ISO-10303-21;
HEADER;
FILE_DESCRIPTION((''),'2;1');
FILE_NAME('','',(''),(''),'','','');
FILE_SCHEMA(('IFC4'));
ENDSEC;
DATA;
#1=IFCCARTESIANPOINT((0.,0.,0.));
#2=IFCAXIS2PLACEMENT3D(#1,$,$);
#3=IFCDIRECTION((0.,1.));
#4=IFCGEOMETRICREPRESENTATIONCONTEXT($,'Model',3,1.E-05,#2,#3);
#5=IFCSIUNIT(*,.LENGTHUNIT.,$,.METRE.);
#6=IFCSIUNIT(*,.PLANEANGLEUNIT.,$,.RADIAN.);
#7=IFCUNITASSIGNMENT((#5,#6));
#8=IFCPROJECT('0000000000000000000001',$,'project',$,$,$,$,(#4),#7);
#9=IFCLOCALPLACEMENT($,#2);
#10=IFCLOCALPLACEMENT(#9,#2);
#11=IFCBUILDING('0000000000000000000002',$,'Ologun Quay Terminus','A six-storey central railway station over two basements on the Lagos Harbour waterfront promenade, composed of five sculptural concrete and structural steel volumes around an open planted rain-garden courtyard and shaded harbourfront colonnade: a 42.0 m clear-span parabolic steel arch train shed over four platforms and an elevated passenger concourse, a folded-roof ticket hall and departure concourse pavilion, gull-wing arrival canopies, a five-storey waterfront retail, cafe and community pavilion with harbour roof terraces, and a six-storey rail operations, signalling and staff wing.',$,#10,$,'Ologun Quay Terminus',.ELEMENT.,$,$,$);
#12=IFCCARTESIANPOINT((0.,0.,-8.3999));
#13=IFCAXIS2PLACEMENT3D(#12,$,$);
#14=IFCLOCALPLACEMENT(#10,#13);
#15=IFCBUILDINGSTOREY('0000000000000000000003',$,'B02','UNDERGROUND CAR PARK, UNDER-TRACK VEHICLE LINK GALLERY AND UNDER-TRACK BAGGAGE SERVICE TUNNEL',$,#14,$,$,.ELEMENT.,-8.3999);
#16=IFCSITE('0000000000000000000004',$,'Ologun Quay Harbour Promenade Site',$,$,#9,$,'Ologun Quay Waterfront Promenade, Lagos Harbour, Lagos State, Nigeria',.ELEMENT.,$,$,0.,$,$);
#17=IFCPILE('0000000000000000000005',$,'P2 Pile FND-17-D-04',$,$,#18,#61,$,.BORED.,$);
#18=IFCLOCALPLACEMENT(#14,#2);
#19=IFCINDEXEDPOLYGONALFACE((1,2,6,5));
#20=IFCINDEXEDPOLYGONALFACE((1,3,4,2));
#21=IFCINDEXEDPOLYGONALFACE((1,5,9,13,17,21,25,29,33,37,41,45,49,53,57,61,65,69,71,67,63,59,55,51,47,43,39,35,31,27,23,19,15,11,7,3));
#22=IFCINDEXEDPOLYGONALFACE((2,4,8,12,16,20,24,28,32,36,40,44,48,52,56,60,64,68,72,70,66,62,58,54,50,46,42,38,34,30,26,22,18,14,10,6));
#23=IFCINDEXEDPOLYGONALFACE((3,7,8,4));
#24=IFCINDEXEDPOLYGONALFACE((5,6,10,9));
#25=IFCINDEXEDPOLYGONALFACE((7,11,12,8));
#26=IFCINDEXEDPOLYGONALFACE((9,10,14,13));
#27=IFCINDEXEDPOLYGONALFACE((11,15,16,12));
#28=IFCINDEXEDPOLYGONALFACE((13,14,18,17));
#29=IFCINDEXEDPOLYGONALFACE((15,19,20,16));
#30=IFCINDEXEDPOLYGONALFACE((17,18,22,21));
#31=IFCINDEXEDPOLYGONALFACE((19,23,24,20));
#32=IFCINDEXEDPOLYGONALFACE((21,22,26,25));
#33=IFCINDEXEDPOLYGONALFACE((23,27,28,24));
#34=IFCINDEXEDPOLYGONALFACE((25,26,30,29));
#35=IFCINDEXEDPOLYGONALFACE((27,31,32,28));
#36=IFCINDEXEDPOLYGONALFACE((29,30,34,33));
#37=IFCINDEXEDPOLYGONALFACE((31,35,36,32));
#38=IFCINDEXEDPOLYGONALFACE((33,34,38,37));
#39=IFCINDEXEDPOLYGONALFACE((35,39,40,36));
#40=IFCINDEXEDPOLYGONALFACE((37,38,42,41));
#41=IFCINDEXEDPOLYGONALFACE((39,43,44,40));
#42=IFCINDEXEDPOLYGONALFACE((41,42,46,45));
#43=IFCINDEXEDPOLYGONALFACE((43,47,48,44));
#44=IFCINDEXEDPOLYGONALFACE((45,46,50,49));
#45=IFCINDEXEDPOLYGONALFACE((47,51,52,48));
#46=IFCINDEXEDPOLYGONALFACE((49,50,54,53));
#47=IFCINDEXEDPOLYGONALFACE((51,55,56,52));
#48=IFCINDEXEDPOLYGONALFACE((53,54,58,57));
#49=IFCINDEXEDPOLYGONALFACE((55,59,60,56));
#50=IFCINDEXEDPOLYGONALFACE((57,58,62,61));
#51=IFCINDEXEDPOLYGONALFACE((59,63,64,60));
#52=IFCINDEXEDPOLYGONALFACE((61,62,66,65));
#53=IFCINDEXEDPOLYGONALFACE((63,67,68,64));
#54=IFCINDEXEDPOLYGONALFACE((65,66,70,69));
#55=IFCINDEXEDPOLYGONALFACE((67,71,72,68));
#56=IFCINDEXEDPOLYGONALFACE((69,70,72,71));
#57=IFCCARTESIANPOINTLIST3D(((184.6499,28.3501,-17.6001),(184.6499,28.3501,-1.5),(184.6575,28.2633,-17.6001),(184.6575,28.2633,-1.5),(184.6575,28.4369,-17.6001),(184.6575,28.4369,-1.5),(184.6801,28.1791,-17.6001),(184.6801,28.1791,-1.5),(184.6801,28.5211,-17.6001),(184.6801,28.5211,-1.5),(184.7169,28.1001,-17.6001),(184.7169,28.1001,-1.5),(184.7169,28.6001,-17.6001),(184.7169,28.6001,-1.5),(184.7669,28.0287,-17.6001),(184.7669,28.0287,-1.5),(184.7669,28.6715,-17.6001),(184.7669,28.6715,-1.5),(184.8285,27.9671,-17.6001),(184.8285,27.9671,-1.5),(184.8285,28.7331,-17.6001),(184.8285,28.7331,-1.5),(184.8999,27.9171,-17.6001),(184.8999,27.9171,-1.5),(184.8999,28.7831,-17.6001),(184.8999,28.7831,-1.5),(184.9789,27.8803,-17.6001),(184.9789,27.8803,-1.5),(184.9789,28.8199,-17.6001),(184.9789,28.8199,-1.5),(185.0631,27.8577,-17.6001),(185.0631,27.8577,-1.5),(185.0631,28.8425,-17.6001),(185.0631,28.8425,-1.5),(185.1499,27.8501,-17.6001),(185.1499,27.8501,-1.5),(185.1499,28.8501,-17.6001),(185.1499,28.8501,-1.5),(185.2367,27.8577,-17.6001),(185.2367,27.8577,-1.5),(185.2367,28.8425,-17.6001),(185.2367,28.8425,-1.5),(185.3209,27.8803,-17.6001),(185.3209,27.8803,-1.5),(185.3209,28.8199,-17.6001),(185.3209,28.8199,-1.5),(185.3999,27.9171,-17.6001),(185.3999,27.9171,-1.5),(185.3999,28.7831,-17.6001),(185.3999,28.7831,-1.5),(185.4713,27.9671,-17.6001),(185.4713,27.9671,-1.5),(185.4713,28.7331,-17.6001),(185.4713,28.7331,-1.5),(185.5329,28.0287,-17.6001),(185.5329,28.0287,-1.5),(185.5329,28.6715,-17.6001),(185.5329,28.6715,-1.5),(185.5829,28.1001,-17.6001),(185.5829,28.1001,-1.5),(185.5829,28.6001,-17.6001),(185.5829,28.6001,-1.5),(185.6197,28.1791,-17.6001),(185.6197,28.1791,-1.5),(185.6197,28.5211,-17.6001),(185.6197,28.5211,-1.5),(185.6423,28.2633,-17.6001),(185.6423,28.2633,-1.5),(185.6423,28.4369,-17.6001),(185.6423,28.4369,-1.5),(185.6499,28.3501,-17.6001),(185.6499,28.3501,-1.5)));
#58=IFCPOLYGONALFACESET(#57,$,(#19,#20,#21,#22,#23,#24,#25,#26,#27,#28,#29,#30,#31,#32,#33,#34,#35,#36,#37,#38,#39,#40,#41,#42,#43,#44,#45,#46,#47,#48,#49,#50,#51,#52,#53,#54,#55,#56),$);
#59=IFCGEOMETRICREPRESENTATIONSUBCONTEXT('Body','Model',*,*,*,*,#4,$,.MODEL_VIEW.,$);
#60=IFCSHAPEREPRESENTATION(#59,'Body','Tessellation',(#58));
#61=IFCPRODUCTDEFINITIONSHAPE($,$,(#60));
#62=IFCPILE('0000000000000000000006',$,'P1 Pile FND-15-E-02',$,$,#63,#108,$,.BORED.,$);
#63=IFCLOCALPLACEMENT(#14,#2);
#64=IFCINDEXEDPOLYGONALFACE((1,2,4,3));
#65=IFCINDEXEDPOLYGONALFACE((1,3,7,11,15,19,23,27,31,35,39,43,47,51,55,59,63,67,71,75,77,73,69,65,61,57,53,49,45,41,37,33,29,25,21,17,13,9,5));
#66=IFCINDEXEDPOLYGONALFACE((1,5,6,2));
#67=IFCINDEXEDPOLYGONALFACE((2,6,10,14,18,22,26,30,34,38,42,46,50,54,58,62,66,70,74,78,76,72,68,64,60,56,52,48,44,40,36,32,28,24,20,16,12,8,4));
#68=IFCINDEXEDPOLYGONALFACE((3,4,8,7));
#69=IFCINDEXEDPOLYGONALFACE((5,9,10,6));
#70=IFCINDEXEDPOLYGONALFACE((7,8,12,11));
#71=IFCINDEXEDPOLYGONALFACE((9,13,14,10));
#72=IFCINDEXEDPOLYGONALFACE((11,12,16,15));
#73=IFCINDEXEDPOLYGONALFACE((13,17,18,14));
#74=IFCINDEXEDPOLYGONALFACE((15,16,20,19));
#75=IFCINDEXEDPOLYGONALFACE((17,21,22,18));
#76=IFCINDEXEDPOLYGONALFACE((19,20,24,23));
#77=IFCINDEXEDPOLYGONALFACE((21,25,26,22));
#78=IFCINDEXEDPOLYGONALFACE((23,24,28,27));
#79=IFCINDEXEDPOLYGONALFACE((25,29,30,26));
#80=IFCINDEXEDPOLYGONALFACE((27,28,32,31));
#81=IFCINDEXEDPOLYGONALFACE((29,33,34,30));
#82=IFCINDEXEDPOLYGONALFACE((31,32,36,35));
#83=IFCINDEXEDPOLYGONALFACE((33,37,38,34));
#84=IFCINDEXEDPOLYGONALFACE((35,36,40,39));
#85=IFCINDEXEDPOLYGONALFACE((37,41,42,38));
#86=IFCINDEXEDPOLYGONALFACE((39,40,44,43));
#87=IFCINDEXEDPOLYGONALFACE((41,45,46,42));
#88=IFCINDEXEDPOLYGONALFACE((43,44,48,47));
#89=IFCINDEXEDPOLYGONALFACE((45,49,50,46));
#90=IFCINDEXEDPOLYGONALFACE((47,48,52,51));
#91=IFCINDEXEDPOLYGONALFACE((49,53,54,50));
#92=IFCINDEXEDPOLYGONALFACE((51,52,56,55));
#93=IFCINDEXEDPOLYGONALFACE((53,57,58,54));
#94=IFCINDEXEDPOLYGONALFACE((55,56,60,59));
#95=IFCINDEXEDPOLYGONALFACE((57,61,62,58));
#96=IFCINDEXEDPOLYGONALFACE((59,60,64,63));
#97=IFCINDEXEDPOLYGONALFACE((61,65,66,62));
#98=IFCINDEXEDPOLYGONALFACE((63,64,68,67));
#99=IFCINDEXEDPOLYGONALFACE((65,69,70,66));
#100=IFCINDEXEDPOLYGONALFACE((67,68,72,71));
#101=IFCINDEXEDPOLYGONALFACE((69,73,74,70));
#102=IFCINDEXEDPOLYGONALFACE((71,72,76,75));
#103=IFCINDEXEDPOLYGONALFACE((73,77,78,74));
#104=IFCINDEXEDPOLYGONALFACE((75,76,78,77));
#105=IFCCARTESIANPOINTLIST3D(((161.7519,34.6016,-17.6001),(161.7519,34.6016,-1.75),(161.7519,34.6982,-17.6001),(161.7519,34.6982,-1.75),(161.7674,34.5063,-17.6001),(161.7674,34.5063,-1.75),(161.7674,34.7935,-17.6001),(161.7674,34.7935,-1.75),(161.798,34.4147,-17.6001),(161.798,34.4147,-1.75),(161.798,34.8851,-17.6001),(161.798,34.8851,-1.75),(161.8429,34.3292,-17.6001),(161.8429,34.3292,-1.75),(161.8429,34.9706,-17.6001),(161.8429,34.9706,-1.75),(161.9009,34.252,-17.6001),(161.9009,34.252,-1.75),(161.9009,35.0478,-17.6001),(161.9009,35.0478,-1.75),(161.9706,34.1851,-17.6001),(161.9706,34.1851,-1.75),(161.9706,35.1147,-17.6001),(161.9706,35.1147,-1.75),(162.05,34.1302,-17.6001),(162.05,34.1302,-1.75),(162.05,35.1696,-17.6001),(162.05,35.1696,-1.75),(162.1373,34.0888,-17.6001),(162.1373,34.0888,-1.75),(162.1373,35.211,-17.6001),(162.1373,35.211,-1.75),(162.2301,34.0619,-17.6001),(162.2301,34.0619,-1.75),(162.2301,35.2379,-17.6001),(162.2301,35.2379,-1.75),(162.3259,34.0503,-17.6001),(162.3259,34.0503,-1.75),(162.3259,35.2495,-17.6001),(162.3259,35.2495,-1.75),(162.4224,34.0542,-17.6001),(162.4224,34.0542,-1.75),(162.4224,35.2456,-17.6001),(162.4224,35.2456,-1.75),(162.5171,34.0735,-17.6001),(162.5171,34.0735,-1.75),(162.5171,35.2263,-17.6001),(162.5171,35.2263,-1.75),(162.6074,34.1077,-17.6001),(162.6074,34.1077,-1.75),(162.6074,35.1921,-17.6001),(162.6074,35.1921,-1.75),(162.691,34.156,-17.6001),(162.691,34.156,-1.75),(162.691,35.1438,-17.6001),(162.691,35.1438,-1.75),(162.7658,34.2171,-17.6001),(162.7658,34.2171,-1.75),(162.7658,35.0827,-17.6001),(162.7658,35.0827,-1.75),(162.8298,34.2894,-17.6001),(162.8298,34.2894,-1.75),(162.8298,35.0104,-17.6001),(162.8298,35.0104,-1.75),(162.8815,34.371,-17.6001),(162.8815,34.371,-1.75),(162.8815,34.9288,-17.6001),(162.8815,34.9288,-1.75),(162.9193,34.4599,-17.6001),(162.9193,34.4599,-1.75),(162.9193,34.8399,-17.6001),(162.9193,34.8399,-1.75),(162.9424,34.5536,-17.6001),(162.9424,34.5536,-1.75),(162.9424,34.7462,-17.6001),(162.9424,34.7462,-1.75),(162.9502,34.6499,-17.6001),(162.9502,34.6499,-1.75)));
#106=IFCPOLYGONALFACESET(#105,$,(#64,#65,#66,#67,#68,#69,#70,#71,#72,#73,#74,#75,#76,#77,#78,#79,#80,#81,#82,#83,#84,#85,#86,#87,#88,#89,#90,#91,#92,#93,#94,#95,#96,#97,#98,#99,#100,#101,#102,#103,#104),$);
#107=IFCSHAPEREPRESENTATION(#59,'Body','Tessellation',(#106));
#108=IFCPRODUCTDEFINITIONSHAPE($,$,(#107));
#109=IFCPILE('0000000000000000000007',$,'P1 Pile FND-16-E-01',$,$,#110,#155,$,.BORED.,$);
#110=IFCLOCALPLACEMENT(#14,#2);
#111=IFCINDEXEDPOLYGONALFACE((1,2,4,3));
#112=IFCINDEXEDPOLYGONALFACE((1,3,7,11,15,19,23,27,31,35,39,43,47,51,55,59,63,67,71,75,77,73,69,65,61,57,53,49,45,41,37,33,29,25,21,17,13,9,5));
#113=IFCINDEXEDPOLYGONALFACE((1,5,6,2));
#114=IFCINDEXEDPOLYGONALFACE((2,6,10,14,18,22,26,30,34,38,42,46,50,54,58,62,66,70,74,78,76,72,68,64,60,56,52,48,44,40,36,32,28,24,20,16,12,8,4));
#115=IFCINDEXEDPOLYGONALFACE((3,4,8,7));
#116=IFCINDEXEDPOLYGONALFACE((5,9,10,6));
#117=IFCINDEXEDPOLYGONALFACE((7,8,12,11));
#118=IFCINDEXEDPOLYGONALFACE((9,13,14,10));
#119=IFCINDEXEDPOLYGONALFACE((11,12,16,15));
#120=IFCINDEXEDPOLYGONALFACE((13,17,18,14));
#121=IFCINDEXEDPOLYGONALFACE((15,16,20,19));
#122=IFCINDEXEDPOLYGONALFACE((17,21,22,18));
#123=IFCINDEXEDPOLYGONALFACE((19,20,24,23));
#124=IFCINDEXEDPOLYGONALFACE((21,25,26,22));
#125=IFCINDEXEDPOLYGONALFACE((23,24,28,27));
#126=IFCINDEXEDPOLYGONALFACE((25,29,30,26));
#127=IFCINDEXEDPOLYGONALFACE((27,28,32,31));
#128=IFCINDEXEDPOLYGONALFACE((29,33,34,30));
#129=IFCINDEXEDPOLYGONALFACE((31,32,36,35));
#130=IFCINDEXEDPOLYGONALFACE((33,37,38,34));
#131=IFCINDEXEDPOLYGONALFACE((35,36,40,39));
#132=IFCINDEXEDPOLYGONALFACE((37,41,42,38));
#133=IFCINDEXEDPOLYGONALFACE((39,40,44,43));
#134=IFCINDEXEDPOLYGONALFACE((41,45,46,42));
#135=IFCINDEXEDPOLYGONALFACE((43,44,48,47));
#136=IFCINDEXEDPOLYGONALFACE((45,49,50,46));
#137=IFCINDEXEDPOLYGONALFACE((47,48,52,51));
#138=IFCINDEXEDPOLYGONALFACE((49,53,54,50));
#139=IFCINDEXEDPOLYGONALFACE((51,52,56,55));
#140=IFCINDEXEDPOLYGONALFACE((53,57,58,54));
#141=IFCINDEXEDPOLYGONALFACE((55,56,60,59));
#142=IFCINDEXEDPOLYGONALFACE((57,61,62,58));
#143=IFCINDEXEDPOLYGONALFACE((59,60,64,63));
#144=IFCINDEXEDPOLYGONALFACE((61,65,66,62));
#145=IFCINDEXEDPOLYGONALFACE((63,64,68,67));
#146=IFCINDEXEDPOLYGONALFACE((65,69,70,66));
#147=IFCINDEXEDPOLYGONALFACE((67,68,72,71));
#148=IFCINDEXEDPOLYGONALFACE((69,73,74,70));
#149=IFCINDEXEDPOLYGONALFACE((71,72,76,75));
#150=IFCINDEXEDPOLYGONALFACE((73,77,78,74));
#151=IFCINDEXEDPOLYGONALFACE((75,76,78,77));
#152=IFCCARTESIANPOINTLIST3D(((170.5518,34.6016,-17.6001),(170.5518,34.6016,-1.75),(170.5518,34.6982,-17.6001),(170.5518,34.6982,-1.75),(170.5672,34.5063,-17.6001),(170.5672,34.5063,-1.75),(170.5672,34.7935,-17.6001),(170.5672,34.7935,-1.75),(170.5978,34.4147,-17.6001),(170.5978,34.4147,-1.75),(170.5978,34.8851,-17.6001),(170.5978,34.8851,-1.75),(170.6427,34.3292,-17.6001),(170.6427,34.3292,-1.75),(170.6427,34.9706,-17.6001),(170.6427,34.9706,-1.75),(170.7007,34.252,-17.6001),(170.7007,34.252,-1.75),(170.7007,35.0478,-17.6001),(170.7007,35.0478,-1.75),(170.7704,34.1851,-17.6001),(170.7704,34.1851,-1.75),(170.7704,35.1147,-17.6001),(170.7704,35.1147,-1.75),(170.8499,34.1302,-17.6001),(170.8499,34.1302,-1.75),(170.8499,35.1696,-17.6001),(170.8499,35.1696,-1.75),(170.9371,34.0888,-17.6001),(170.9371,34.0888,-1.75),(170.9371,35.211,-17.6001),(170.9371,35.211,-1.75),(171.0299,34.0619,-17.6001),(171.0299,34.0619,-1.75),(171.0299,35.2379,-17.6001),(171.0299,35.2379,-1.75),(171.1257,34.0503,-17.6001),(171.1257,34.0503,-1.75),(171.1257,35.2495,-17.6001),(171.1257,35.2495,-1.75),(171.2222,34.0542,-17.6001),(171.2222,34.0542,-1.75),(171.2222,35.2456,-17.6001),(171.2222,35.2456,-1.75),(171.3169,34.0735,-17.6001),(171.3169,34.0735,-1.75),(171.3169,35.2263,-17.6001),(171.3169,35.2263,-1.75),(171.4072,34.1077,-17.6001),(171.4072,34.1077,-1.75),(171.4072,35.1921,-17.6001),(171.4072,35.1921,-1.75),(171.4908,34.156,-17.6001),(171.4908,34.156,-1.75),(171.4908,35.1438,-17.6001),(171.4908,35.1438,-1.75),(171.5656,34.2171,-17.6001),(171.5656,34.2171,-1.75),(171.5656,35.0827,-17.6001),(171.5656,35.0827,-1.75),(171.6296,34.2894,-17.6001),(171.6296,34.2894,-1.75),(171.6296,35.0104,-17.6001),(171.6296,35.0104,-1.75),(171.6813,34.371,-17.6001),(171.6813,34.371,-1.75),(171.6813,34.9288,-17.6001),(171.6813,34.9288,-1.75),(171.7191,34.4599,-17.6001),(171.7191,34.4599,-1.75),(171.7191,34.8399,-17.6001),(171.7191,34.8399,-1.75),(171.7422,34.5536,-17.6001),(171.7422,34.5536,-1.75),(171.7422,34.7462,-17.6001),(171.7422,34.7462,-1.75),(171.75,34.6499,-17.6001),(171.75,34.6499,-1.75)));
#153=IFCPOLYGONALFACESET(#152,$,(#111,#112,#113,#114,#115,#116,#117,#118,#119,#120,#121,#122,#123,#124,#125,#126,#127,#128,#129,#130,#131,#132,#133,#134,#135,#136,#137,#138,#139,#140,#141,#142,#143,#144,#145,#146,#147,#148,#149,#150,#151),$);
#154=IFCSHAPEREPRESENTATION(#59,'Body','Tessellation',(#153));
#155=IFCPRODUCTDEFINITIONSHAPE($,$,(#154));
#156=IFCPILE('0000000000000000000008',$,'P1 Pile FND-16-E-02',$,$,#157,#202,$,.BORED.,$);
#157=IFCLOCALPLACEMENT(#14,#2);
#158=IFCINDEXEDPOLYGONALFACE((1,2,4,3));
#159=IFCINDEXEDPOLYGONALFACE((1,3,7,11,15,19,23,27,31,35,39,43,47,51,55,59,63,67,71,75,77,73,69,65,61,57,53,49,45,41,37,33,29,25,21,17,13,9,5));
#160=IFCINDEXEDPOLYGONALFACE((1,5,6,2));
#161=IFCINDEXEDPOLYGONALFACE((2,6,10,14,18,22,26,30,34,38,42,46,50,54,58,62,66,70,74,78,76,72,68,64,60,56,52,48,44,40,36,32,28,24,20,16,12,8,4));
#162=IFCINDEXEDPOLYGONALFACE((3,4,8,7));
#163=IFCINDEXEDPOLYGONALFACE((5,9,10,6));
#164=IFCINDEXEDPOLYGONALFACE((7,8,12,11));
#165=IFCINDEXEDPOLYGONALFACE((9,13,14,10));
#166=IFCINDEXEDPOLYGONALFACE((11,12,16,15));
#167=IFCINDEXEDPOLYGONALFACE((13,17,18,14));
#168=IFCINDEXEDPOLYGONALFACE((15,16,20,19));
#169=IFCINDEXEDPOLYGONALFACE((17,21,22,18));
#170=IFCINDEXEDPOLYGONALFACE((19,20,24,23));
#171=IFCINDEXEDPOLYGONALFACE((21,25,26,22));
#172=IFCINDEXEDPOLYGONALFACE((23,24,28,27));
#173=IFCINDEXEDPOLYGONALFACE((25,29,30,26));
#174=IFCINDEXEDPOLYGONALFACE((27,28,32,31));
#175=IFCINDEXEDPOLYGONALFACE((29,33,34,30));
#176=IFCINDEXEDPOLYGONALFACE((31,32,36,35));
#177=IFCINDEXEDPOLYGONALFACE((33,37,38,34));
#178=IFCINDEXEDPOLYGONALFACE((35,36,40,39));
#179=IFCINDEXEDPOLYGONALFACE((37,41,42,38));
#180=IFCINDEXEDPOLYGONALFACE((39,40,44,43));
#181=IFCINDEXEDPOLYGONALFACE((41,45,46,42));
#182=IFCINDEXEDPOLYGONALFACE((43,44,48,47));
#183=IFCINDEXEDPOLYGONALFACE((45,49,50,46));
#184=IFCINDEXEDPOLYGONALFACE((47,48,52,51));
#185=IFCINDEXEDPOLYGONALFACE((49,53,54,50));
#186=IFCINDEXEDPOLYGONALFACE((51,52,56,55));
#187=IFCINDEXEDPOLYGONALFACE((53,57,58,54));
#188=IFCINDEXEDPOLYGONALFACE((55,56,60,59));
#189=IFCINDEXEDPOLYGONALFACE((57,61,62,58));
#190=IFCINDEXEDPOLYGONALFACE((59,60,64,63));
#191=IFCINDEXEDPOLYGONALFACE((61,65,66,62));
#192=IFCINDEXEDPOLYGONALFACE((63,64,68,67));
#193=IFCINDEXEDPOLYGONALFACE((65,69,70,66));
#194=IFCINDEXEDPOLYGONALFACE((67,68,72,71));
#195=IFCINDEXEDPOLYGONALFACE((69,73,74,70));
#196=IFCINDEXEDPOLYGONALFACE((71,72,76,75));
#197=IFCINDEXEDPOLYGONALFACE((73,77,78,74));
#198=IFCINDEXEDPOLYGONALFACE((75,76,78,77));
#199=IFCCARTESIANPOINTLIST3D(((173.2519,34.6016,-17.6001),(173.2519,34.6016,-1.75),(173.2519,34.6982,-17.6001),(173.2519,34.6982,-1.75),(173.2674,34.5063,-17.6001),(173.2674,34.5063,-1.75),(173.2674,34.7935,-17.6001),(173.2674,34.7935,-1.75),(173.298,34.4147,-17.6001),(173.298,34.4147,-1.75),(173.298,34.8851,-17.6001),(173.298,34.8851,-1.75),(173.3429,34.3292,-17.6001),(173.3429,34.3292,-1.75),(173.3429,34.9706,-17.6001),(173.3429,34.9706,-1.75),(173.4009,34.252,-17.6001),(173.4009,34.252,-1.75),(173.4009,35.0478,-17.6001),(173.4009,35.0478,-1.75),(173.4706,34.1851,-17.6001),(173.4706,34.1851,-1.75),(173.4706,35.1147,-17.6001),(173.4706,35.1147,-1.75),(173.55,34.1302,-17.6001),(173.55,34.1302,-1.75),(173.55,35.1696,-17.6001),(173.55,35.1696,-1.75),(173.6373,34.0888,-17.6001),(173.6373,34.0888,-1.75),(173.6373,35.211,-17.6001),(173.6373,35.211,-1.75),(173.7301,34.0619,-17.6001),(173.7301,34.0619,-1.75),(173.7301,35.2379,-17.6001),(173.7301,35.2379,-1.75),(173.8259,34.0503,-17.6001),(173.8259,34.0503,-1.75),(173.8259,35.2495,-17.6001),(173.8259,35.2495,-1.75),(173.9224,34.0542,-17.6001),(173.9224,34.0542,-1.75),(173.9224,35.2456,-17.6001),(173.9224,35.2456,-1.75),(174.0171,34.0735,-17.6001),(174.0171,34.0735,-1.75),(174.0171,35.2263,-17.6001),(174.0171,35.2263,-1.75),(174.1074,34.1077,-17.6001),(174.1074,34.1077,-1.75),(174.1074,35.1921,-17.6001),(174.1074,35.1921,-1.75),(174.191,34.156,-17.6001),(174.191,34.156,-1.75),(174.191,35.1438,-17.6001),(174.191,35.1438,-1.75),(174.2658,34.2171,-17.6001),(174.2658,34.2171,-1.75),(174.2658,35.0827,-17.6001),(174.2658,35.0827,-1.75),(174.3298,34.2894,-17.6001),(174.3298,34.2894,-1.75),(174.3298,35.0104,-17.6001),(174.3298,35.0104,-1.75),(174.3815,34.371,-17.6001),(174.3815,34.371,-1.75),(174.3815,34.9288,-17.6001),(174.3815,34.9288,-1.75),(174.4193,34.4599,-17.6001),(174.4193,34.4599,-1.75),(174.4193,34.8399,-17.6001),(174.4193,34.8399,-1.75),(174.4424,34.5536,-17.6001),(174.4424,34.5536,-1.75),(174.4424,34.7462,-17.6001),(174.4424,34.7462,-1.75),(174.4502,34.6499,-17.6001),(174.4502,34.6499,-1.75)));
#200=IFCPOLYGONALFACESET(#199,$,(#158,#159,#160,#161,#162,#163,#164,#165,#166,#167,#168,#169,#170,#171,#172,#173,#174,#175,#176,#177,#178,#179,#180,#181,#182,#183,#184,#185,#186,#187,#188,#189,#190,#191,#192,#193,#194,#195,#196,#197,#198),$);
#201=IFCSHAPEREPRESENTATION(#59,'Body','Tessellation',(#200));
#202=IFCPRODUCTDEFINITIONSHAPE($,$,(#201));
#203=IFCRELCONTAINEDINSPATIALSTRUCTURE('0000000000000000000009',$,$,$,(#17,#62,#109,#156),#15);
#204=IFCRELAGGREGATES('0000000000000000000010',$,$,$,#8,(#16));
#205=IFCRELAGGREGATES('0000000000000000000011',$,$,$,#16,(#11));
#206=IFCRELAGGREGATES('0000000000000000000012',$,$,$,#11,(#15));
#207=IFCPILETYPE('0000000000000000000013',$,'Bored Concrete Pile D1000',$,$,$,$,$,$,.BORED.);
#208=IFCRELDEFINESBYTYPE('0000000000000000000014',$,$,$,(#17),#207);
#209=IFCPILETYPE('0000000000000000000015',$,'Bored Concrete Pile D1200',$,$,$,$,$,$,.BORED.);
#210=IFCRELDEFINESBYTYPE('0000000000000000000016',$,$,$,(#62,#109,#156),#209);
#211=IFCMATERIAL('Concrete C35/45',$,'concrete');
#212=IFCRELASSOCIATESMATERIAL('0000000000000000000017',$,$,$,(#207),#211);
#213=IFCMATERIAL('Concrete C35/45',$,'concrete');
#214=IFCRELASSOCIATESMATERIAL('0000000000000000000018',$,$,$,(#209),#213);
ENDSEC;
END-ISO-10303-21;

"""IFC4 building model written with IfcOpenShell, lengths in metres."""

from ifc_helpers import new_model, si_unit, direction, frame, origin, origin_2d, place, context, subcontext, project, spatial, circle, extrude, material, material_profile, profile_set, type_object, element, save


model = new_model("IFC4")

# Units and contexts
model_context = context("Model", 3, precision=1e-05, world=origin(), true_north=direction((0.0, 1.0)))
body_context = subcontext(model_context, "Body", "Model", "MODEL_VIEW")
ifc_project = project(units=[si_unit("LENGTHUNIT", "METRE"), si_unit("PLANEANGLEUNIT", "RADIAN")], contexts=[model_context])

# Site, building, storey
site_placement = place(None, origin())
site = spatial("IfcSite", under=ifc_project, at=site_placement, Name="Ologun Quay Harbour Promenade Site", LongName="Ologun Quay Waterfront Promenade, Lagos Harbour, Lagos State, Nigeria", CompositionType="ELEMENT", RefElevation=0.0)
building_placement = place(site_placement, origin())
building = spatial("IfcBuilding", under=site, at=building_placement, Name="Ologun Quay Terminus", Description="A six-storey central railway station over two basements on the Lagos Harbour waterfront promenade, composed of five sculptural concrete and structural steel volumes around an open planted rain-garden courtyard and shaded harbourfront colonnade: a 42.0 m clear-span parabolic steel arch train shed over four platforms and an elevated passenger concourse, a folded-roof ticket hall and departure concourse pavilion, gull-wing arrival canopies, a five-storey waterfront retail, cafe and community pavilion with harbour roof terraces, and a six-storey rail operations, signalling and staff wing.", LongName="Ologun Quay Terminus", CompositionType="ELEMENT")
storey_placement = place(building_placement, frame((0.0, 0.0, -8.3999)))
storey = spatial("IfcBuildingStorey", under=building, at=storey_placement, Name="B02", Description="UNDERGROUND CAR PARK, UNDER-TRACK VEHICLE LINK GALLERY AND UNDER-TRACK BAGGAGE SERVICE TUNNEL", CompositionType="ELEMENT", Elevation=-8.3999)

# Piles
ifc_material_1 = material(Name="Concrete C35/45", Category="concrete")
ifc_material_profile_1 = material_profile(ifc_material_1, circle(Radius=0.5, at=origin_2d()), Name="PILE D1000")
ifc_profile_set_1 = profile_set([ifc_material_profile_1], Name="Concrete C35/45")
pile_type_1 = type_object("IfcPileType", Name="Bored Concrete Pile D1000", PredefinedType="BORED", material=ifc_profile_set_1)
for number, where, z_axis, x_axis, name in (
    (1, (185.1499, 28.3501, -1.5), (0.0, 0.0, -1.0), (1.0, 0.0, 0.0), "P2 Pile FND-17-D-04"),
):
    element("IfcPile", number, at=place(storey_placement, frame(where, z_axis=z_axis, x_axis=x_axis)), inside=storey, type_object=pile_type_1, Name=name, PredefinedType="BORED", context=body_context, shape_type="SweptSolid", body=[
        extrude(circle(Radius=0.5, at=origin_2d()), origin(), (0.0, 0.0, 1.0), 16.1001),
    ])
ifc_material_2 = material(Name="Concrete C35/45", Category="concrete")
ifc_material_profile_2 = material_profile(ifc_material_2, circle(Radius=0.6001, at=origin_2d()), Name="PILE D1200")
ifc_profile_set_2 = profile_set([ifc_material_profile_2], Name="Concrete C35/45")
pile_type_2 = type_object("IfcPileType", Name="Bored Concrete Pile D1200", PredefinedType="BORED", material=ifc_profile_set_2)
for number, where, z_axis, x_axis, name in (
    (2, (162.3501, 34.6499, -1.75), (0.0, 0.0, -1.0), (1.0, 0.0, 0.0), "P1 Pile FND-15-E-02"),
    (3, (171.1499, 34.6499, -1.75), (0.0, 0.0, -1.0), (1.0, 0.0, 0.0), "P1 Pile FND-16-E-01"),
    (4, (173.8501, 34.6499, -1.75), (0.0, 0.0, -1.0), (1.0, 0.0, 0.0), "P1 Pile FND-16-E-02"),
):
    element("IfcPile", number, at=place(storey_placement, frame(where, z_axis=z_axis, x_axis=x_axis)), inside=storey, type_object=pile_type_2, Name=name, PredefinedType="BORED", context=body_context, shape_type="SweptSolid", body=[
        extrude(circle(Radius=0.6001, at=origin_2d()), origin(), (0.0, 0.0, 1.0), 15.8501),
    ])

save(model, "model.ifc")
